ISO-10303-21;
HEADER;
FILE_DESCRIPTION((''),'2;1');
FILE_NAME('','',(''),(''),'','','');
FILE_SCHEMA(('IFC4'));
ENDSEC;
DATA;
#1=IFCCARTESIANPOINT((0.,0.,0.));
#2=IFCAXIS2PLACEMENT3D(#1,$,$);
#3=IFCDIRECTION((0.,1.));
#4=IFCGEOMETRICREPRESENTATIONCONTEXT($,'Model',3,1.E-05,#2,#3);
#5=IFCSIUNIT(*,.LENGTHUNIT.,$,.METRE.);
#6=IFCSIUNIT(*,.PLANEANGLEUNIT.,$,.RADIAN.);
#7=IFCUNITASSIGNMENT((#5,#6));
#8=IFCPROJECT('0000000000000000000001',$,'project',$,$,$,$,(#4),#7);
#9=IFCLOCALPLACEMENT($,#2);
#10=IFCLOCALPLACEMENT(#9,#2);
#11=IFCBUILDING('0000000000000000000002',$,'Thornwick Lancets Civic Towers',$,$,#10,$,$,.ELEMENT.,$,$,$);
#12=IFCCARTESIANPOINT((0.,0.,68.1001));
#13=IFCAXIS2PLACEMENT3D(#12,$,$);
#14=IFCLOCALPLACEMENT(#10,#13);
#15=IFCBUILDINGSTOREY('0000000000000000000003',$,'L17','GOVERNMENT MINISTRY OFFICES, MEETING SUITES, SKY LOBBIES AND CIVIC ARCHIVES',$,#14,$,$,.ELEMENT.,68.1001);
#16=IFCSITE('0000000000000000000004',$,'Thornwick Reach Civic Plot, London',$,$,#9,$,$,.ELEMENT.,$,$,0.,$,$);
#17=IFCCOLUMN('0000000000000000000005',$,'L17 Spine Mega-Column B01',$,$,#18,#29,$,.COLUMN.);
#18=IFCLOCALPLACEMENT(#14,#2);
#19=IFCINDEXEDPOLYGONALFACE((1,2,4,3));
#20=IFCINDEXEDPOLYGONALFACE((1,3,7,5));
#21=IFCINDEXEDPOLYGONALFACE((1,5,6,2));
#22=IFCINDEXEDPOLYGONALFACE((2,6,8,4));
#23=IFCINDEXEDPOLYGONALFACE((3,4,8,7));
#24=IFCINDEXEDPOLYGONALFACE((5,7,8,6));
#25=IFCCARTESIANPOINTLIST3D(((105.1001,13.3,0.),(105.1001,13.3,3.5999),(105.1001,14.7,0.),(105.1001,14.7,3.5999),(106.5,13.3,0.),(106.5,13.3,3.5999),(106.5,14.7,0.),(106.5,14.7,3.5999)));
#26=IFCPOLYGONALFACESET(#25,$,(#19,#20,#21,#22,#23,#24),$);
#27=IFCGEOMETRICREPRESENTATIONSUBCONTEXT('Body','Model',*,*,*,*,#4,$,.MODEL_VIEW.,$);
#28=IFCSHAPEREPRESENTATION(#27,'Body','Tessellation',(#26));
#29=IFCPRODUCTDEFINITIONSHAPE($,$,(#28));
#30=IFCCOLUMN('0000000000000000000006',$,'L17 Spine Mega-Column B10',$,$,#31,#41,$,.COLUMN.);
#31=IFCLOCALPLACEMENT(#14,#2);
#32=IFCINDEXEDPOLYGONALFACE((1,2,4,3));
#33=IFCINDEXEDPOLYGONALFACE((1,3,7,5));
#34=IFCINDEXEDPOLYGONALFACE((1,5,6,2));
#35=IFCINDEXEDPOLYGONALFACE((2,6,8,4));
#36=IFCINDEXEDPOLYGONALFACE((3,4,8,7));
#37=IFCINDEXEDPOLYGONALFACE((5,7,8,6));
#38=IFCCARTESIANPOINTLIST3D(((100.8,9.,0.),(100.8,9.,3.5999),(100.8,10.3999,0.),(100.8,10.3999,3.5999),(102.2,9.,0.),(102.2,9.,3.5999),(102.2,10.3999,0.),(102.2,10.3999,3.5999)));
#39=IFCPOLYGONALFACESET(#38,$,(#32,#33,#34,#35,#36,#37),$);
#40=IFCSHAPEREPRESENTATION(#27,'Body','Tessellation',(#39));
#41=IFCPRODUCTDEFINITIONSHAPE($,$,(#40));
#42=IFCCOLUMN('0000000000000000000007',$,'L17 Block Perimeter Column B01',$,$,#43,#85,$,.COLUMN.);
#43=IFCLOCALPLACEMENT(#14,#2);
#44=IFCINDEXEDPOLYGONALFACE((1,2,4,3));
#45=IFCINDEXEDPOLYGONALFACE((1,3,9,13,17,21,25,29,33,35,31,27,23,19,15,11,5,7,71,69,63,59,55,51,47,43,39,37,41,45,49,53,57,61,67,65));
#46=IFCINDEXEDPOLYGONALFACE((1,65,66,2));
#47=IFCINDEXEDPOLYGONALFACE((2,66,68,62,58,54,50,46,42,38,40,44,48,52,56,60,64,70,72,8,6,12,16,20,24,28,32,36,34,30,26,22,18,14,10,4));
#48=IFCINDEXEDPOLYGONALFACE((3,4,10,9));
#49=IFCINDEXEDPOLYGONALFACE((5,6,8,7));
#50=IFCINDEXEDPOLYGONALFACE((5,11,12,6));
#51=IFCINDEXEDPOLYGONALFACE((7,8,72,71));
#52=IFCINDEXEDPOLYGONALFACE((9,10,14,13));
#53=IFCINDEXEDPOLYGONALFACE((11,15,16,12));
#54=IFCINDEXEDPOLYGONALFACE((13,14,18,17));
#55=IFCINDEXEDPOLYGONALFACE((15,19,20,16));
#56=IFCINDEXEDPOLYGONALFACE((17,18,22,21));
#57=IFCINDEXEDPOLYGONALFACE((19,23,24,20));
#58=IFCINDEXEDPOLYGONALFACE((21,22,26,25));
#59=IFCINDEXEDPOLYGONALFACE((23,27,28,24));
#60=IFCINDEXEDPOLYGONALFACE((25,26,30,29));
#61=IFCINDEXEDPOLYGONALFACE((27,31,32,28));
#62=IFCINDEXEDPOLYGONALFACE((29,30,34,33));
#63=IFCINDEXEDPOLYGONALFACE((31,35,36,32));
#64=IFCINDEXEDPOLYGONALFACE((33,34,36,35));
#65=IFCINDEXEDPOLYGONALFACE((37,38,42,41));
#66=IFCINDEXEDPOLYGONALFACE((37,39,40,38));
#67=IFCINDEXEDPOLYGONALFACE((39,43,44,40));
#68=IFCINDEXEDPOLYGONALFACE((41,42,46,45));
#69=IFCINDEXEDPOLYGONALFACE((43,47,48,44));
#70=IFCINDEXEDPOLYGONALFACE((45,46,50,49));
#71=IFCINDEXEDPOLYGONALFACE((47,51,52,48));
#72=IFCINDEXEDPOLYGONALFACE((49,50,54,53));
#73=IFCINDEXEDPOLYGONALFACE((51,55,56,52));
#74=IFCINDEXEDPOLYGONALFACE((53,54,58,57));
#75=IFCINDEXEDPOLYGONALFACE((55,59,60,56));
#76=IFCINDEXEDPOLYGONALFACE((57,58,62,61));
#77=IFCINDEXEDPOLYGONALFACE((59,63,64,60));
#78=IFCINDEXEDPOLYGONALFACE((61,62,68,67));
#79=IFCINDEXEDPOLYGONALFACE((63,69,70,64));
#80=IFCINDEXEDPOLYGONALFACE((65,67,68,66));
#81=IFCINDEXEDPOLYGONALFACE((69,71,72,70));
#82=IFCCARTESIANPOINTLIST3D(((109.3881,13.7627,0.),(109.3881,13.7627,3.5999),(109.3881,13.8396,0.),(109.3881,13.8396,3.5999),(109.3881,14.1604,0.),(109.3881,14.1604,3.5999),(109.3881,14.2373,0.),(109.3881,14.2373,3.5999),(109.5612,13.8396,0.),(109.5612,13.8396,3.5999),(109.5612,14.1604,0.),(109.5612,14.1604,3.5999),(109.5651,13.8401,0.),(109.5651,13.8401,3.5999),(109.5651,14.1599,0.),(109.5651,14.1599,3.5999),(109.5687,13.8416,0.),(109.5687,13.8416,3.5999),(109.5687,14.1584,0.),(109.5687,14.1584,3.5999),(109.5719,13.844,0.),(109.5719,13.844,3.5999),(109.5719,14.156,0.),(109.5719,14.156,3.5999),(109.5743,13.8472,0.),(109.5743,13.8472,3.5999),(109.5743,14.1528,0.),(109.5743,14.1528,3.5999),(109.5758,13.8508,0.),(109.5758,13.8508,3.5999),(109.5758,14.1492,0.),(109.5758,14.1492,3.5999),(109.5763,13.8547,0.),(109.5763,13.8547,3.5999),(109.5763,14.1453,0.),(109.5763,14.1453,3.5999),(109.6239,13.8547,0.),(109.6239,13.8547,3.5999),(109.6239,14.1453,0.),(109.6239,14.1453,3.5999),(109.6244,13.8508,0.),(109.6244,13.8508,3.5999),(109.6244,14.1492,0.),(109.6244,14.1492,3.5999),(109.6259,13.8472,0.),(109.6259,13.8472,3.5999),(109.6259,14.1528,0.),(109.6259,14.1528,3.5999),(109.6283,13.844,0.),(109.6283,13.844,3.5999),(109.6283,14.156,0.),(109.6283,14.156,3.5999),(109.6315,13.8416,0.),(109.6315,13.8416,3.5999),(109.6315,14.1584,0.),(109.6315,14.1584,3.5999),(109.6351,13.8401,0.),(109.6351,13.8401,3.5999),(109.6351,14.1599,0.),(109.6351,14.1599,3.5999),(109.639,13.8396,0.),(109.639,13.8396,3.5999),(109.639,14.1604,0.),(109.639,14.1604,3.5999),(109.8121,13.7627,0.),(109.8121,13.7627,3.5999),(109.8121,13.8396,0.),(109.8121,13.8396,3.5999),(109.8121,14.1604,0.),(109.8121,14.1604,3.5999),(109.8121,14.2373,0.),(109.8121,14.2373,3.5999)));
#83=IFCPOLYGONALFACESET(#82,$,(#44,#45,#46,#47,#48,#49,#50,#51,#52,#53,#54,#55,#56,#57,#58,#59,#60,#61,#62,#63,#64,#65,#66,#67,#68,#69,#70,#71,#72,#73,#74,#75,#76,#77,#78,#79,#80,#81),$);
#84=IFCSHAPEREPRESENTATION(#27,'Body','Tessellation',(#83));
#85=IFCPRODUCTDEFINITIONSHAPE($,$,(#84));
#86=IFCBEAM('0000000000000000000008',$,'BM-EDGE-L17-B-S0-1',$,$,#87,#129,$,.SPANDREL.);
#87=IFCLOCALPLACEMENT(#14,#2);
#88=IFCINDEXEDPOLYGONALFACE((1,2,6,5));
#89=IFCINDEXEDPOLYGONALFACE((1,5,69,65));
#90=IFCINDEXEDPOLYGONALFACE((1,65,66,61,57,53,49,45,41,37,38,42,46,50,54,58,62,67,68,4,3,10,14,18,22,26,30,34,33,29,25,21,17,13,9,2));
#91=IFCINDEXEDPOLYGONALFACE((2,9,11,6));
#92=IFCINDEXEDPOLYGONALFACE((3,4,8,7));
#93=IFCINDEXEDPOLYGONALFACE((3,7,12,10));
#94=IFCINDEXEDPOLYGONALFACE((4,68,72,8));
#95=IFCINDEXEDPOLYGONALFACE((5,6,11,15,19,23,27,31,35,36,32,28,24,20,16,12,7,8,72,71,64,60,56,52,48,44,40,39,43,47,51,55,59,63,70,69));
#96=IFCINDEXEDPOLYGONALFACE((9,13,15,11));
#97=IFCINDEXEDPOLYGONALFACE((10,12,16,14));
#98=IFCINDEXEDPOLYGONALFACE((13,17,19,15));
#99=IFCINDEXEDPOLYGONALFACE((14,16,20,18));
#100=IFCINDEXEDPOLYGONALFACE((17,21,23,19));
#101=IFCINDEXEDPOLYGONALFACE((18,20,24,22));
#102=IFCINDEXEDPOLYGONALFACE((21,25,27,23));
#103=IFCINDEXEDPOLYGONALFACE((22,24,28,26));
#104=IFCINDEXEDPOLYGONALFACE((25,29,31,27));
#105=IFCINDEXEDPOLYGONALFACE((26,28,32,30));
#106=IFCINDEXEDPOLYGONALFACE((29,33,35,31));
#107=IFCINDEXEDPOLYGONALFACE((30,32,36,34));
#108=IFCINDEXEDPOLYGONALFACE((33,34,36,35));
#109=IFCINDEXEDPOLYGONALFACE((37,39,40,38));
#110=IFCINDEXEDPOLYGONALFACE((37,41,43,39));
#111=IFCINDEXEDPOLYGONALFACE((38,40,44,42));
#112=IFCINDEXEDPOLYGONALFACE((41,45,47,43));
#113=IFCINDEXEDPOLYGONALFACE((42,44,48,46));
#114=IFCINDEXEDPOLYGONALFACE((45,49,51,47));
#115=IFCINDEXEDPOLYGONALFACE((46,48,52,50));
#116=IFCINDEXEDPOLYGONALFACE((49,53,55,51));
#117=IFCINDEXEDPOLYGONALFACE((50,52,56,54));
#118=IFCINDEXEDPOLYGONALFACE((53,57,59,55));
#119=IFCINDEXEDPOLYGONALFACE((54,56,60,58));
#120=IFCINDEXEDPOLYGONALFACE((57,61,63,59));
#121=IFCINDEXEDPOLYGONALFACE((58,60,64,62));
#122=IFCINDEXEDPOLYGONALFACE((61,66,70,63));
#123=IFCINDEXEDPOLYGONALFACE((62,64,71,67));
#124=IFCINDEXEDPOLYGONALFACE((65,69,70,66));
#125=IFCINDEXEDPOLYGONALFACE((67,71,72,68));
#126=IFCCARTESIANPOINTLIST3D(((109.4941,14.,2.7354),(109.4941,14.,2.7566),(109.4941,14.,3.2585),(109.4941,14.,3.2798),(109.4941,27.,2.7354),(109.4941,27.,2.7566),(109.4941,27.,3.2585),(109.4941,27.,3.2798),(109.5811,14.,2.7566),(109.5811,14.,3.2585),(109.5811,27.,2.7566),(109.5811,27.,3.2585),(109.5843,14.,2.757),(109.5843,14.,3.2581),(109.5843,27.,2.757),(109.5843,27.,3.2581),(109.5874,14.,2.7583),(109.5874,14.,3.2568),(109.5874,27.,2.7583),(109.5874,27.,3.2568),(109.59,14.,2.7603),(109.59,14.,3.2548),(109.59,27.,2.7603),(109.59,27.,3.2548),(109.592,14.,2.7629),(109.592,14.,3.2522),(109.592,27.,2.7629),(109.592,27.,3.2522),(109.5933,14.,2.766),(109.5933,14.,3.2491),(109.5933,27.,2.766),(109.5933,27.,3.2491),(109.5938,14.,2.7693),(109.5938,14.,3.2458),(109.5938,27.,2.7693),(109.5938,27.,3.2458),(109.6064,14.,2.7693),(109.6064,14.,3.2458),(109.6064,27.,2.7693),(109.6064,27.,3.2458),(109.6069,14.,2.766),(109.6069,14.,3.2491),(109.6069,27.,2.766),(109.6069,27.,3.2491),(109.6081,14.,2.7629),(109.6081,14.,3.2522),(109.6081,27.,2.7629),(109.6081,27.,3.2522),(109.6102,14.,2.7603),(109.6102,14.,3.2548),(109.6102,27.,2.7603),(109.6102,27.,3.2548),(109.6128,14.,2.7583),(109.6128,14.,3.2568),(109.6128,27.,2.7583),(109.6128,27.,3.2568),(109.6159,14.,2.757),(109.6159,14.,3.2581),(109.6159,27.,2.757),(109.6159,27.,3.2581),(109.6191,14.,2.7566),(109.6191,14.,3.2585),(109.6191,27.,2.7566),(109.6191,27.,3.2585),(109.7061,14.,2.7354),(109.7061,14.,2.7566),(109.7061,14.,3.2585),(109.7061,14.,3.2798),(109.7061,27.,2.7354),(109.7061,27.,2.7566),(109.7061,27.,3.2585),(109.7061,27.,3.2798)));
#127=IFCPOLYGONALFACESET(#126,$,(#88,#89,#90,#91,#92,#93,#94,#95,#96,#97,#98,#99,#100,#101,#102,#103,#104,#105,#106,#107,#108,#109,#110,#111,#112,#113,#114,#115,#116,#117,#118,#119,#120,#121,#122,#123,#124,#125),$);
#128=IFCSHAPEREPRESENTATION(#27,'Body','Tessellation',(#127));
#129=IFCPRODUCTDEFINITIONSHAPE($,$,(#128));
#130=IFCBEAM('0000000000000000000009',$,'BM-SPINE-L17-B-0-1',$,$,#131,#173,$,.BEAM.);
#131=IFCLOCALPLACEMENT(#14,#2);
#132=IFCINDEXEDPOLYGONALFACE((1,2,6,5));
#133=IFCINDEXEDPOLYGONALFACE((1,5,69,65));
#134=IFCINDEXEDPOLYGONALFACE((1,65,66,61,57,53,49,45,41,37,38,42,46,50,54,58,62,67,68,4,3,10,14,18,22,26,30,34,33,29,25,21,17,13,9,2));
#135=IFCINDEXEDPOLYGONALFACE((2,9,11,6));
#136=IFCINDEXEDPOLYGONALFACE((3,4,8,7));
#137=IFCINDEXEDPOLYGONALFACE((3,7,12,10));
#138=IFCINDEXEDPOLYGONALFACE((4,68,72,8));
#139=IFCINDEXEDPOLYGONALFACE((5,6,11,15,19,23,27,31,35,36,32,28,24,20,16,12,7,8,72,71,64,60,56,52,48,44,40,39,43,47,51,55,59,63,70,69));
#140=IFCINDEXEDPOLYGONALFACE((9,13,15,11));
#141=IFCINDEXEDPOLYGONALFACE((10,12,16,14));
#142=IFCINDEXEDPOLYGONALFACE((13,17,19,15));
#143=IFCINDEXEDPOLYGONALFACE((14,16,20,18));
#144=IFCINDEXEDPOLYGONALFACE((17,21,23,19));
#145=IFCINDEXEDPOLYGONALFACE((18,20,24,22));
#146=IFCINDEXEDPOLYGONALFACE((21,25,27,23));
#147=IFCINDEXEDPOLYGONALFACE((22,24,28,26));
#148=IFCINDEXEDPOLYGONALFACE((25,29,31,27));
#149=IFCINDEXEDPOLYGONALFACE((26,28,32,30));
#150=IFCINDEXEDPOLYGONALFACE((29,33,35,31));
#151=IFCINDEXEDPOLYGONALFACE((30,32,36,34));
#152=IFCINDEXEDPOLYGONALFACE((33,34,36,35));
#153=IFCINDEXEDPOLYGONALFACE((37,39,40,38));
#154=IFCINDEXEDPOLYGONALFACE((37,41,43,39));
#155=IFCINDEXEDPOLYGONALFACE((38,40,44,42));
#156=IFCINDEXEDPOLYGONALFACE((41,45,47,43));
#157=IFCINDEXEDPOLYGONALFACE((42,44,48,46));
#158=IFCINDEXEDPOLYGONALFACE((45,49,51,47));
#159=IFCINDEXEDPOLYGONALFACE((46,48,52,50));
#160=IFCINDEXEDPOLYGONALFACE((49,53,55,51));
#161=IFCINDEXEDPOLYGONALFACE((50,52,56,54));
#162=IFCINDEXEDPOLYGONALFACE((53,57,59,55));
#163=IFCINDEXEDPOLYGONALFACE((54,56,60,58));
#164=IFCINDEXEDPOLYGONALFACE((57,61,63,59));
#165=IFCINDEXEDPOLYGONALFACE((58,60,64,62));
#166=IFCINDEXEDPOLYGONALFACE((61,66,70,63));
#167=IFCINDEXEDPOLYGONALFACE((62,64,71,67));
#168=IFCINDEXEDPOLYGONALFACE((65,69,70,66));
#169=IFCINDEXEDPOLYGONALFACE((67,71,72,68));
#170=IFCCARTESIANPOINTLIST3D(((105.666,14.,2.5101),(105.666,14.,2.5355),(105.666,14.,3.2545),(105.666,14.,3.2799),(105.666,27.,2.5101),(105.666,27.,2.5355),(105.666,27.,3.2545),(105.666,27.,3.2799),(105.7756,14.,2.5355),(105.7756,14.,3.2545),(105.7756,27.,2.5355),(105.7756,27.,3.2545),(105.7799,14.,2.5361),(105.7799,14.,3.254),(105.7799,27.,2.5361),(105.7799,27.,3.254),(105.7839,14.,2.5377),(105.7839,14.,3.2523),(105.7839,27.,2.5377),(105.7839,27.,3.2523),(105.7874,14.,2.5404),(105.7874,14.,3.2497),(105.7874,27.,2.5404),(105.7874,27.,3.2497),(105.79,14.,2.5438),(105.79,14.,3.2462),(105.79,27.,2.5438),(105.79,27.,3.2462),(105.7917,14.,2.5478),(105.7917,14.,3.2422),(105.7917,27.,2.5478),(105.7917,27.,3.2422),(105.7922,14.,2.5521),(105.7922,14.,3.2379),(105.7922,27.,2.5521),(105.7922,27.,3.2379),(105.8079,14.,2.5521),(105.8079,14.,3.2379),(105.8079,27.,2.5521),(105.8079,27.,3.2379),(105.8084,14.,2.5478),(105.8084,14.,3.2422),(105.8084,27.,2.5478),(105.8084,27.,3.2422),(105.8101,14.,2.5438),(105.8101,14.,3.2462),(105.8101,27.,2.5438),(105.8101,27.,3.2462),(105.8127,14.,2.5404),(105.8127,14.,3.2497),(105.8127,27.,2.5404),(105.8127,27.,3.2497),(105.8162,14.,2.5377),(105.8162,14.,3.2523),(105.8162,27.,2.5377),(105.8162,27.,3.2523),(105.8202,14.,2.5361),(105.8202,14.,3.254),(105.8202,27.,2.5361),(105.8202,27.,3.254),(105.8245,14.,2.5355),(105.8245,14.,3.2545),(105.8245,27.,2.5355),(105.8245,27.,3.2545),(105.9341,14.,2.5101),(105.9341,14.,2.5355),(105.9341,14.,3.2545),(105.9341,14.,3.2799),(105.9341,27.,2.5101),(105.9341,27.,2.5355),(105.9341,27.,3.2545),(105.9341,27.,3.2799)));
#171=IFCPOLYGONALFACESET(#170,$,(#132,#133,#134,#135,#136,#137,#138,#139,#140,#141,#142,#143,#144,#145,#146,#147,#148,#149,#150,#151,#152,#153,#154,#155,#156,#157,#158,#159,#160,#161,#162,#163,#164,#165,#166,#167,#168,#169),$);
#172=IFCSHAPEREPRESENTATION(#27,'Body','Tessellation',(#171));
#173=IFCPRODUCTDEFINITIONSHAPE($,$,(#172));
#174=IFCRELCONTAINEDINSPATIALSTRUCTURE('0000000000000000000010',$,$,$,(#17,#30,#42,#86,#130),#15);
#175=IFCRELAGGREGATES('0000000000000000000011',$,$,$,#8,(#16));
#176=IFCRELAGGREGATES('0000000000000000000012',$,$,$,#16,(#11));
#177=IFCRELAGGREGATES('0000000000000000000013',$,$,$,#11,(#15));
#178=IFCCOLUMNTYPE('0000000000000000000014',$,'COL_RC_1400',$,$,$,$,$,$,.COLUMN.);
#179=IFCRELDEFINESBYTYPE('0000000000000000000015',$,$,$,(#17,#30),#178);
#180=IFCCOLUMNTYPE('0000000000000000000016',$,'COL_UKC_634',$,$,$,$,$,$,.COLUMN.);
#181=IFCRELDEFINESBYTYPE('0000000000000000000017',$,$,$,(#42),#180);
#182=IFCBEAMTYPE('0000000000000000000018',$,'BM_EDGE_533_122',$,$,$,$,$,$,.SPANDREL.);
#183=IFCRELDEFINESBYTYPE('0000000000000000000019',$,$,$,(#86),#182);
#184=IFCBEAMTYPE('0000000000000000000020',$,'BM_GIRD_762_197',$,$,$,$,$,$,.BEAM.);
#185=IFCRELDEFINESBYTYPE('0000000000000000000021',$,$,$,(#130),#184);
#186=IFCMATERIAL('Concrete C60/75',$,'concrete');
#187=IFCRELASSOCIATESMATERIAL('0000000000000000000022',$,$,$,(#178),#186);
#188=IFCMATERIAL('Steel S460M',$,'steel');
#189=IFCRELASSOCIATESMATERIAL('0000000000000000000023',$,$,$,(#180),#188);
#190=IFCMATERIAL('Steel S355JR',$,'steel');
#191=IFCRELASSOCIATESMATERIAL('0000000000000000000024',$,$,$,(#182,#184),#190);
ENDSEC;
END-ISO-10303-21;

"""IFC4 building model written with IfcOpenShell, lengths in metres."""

from ifc_helpers import new_model, si_unit, direction, frame, origin, origin_2d, place, context, subcontext, project, spatial, rectangle, i_section, extrude, material, material_profile, profile_set, type_object, element, save


model = new_model("IFC4")

# Units and contexts
model_context = context("Model", 3, precision=1e-05, world=origin(), true_north=direction((0.0, 1.0)))
body_context = subcontext(model_context, "Body", "Model", "MODEL_VIEW")
ifc_project = project(units=[si_unit("LENGTHUNIT", "METRE"), si_unit("PLANEANGLEUNIT", "RADIAN")], contexts=[model_context])

# Site, building, storey
site_placement = place(None, origin())
site = spatial("IfcSite", under=ifc_project, at=site_placement, Name="Thornwick Reach Civic Plot, London", CompositionType="ELEMENT", RefElevation=0.0)
building_placement = place(site_placement, origin())
building = spatial("IfcBuilding", under=site, at=building_placement, Name="Thornwick Lancets Civic Towers", CompositionType="ELEMENT")
storey_placement = place(building_placement, frame((0.0, 0.0, 68.1001)))
storey = spatial("IfcBuildingStorey", under=building, at=storey_placement, Name="L17", Description="GOVERNMENT MINISTRY OFFICES, MEETING SUITES, SKY LOBBIES AND CIVIC ARCHIVES", CompositionType="ELEMENT", Elevation=68.1001)

# Columns
ifc_material_1 = material(Name="Concrete C60/75", Category="concrete")
ifc_material_profile_1 = material_profile(ifc_material_1, rectangle(XDim=1.3999, YDim=1.3999, at=origin_2d()), Name="RC 1400x1400")
ifc_profile_set_1 = profile_set([ifc_material_profile_1], Name="Concrete C60/75")
column_type_1 = type_object("IfcColumnType", Name="COL_RC_1400", PredefinedType="COLUMN", material=ifc_profile_set_1)
for number, where, z_axis, x_axis, name in (
    (1, (105.8, 14.0, 0.0), (0.0, 0.0, 1.0), (1.0, 0.0, 0.0), "L17 Spine Mega-Column B01"),
    (2, (101.5, 9.7, 0.0), (0.0, 0.0, 1.0), (1.0, 0.0, 0.0), "L17 Spine Mega-Column B10"),
):
    element("IfcColumn", number, at=place(storey_placement, frame(where, z_axis=z_axis, x_axis=x_axis)), inside=storey, type_object=column_type_1, Name=name, PredefinedType="COLUMN", context=body_context, shape_type="SweptSolid", body=[
        extrude(rectangle(XDim=1.3999, YDim=1.3999, at=origin_2d()), origin(), (0.0, 0.0, 1.0), 3.5999),
    ])
ifc_material_2 = material(Name="Steel S460M", Category="steel")
ifc_material_profile_2 = material_profile(ifc_material_2, i_section(OverallWidth=0.4241, OverallDepth=0.4746, WebThickness=0.0476, FlangeThickness=0.0769, FilletRadius=0.0151, at=origin_2d()), Name="UKC 356x406x634")
ifc_profile_set_2 = profile_set([ifc_material_profile_2], Name="Steel S460M")
column_type_2 = type_object("IfcColumnType", Name="COL_UKC_634", PredefinedType="COLUMN", material=ifc_profile_set_2)
column_placement = place(storey_placement, frame((109.6001, 14.0, 0.0), z_axis=(0.0, 0.0, 1.0), x_axis=(1.0, 0.0, 0.0)))
element("IfcColumn", 3, at=column_placement, inside=storey, type_object=column_type_2, Name="L17 Block Perimeter Column B01", PredefinedType="COLUMN", context=body_context, shape_type="SweptSolid", body=[
    extrude(i_section(OverallWidth=0.4241, OverallDepth=0.4746, WebThickness=0.0476, FlangeThickness=0.0769, FilletRadius=0.0151, at=origin_2d()), origin(), (0.0, 0.0, 1.0), 3.5999),
])

# Beams
ifc_material_3 = material(Name="Steel S355JR", Category="steel")
ifc_material_profile_3 = material_profile(ifc_material_3, i_section(OverallWidth=0.2119, OverallDepth=0.5444, WebThickness=0.0127, FlangeThickness=0.0212, FilletRadius=0.0127, at=origin_2d()), Name="UKB 533x210x122")
ifc_profile_set_3 = profile_set([ifc_material_profile_3], Name="Steel S355JR")
beam_type_1 = type_object("IfcBeamType", Name="BM_EDGE_533_122", PredefinedType="SPANDREL", material=ifc_profile_set_3)
beam_1_placement = place(storey_placement, frame((109.6001, 14.0, 3.0076), z_axis=(0.0, 1.0, 0.0), x_axis=(-1.0, 0.0, 0.0)))
element("IfcBeam", 4, at=beam_1_placement, inside=storey, type_object=beam_type_1, Name="BM-EDGE-L17-B-S0-1", PredefinedType="SPANDREL", context=body_context, shape_type="SweptSolid", body=[
    extrude(i_section(OverallWidth=0.2119, OverallDepth=0.5444, WebThickness=0.0127, FlangeThickness=0.0212, FilletRadius=0.0127, at=origin_2d()), origin(), (0.0, 0.0, 1.0), 13.0),
])
ifc_material_profile_4 = material_profile(ifc_material_3, i_section(OverallWidth=0.2681, OverallDepth=0.7698, WebThickness=0.0156, FlangeThickness=0.0254, FilletRadius=0.0166, at=origin_2d()), Name="UKB 762x267x197")
ifc_profile_set_4 = profile_set([ifc_material_profile_4], Name="Steel S355JR")
beam_type_2 = type_object("IfcBeamType", Name="BM_GIRD_762_197", PredefinedType="BEAM", material=ifc_profile_set_4)
for number, where, z_axis, x_axis, name in (
    (5, (105.8, 14.0, 2.895), (0.0, 1.0, 0.0), (-1.0, 0.0, 0.0), "BM-SPINE-L17-B-0-1"),
):
    element("IfcBeam", number, at=place(storey_placement, frame(where, z_axis=z_axis, x_axis=x_axis)), inside=storey, type_object=beam_type_2, Name=name, PredefinedType="BEAM", context=body_context, shape_type="SweptSolid", body=[
        extrude(i_section(OverallWidth=0.2681, OverallDepth=0.7698, WebThickness=0.0156, FlangeThickness=0.0254, FilletRadius=0.0166, at=origin_2d()), origin(), (0.0, 0.0, 1.0), 13.0),
    ])

save(model, "model.ifc")
